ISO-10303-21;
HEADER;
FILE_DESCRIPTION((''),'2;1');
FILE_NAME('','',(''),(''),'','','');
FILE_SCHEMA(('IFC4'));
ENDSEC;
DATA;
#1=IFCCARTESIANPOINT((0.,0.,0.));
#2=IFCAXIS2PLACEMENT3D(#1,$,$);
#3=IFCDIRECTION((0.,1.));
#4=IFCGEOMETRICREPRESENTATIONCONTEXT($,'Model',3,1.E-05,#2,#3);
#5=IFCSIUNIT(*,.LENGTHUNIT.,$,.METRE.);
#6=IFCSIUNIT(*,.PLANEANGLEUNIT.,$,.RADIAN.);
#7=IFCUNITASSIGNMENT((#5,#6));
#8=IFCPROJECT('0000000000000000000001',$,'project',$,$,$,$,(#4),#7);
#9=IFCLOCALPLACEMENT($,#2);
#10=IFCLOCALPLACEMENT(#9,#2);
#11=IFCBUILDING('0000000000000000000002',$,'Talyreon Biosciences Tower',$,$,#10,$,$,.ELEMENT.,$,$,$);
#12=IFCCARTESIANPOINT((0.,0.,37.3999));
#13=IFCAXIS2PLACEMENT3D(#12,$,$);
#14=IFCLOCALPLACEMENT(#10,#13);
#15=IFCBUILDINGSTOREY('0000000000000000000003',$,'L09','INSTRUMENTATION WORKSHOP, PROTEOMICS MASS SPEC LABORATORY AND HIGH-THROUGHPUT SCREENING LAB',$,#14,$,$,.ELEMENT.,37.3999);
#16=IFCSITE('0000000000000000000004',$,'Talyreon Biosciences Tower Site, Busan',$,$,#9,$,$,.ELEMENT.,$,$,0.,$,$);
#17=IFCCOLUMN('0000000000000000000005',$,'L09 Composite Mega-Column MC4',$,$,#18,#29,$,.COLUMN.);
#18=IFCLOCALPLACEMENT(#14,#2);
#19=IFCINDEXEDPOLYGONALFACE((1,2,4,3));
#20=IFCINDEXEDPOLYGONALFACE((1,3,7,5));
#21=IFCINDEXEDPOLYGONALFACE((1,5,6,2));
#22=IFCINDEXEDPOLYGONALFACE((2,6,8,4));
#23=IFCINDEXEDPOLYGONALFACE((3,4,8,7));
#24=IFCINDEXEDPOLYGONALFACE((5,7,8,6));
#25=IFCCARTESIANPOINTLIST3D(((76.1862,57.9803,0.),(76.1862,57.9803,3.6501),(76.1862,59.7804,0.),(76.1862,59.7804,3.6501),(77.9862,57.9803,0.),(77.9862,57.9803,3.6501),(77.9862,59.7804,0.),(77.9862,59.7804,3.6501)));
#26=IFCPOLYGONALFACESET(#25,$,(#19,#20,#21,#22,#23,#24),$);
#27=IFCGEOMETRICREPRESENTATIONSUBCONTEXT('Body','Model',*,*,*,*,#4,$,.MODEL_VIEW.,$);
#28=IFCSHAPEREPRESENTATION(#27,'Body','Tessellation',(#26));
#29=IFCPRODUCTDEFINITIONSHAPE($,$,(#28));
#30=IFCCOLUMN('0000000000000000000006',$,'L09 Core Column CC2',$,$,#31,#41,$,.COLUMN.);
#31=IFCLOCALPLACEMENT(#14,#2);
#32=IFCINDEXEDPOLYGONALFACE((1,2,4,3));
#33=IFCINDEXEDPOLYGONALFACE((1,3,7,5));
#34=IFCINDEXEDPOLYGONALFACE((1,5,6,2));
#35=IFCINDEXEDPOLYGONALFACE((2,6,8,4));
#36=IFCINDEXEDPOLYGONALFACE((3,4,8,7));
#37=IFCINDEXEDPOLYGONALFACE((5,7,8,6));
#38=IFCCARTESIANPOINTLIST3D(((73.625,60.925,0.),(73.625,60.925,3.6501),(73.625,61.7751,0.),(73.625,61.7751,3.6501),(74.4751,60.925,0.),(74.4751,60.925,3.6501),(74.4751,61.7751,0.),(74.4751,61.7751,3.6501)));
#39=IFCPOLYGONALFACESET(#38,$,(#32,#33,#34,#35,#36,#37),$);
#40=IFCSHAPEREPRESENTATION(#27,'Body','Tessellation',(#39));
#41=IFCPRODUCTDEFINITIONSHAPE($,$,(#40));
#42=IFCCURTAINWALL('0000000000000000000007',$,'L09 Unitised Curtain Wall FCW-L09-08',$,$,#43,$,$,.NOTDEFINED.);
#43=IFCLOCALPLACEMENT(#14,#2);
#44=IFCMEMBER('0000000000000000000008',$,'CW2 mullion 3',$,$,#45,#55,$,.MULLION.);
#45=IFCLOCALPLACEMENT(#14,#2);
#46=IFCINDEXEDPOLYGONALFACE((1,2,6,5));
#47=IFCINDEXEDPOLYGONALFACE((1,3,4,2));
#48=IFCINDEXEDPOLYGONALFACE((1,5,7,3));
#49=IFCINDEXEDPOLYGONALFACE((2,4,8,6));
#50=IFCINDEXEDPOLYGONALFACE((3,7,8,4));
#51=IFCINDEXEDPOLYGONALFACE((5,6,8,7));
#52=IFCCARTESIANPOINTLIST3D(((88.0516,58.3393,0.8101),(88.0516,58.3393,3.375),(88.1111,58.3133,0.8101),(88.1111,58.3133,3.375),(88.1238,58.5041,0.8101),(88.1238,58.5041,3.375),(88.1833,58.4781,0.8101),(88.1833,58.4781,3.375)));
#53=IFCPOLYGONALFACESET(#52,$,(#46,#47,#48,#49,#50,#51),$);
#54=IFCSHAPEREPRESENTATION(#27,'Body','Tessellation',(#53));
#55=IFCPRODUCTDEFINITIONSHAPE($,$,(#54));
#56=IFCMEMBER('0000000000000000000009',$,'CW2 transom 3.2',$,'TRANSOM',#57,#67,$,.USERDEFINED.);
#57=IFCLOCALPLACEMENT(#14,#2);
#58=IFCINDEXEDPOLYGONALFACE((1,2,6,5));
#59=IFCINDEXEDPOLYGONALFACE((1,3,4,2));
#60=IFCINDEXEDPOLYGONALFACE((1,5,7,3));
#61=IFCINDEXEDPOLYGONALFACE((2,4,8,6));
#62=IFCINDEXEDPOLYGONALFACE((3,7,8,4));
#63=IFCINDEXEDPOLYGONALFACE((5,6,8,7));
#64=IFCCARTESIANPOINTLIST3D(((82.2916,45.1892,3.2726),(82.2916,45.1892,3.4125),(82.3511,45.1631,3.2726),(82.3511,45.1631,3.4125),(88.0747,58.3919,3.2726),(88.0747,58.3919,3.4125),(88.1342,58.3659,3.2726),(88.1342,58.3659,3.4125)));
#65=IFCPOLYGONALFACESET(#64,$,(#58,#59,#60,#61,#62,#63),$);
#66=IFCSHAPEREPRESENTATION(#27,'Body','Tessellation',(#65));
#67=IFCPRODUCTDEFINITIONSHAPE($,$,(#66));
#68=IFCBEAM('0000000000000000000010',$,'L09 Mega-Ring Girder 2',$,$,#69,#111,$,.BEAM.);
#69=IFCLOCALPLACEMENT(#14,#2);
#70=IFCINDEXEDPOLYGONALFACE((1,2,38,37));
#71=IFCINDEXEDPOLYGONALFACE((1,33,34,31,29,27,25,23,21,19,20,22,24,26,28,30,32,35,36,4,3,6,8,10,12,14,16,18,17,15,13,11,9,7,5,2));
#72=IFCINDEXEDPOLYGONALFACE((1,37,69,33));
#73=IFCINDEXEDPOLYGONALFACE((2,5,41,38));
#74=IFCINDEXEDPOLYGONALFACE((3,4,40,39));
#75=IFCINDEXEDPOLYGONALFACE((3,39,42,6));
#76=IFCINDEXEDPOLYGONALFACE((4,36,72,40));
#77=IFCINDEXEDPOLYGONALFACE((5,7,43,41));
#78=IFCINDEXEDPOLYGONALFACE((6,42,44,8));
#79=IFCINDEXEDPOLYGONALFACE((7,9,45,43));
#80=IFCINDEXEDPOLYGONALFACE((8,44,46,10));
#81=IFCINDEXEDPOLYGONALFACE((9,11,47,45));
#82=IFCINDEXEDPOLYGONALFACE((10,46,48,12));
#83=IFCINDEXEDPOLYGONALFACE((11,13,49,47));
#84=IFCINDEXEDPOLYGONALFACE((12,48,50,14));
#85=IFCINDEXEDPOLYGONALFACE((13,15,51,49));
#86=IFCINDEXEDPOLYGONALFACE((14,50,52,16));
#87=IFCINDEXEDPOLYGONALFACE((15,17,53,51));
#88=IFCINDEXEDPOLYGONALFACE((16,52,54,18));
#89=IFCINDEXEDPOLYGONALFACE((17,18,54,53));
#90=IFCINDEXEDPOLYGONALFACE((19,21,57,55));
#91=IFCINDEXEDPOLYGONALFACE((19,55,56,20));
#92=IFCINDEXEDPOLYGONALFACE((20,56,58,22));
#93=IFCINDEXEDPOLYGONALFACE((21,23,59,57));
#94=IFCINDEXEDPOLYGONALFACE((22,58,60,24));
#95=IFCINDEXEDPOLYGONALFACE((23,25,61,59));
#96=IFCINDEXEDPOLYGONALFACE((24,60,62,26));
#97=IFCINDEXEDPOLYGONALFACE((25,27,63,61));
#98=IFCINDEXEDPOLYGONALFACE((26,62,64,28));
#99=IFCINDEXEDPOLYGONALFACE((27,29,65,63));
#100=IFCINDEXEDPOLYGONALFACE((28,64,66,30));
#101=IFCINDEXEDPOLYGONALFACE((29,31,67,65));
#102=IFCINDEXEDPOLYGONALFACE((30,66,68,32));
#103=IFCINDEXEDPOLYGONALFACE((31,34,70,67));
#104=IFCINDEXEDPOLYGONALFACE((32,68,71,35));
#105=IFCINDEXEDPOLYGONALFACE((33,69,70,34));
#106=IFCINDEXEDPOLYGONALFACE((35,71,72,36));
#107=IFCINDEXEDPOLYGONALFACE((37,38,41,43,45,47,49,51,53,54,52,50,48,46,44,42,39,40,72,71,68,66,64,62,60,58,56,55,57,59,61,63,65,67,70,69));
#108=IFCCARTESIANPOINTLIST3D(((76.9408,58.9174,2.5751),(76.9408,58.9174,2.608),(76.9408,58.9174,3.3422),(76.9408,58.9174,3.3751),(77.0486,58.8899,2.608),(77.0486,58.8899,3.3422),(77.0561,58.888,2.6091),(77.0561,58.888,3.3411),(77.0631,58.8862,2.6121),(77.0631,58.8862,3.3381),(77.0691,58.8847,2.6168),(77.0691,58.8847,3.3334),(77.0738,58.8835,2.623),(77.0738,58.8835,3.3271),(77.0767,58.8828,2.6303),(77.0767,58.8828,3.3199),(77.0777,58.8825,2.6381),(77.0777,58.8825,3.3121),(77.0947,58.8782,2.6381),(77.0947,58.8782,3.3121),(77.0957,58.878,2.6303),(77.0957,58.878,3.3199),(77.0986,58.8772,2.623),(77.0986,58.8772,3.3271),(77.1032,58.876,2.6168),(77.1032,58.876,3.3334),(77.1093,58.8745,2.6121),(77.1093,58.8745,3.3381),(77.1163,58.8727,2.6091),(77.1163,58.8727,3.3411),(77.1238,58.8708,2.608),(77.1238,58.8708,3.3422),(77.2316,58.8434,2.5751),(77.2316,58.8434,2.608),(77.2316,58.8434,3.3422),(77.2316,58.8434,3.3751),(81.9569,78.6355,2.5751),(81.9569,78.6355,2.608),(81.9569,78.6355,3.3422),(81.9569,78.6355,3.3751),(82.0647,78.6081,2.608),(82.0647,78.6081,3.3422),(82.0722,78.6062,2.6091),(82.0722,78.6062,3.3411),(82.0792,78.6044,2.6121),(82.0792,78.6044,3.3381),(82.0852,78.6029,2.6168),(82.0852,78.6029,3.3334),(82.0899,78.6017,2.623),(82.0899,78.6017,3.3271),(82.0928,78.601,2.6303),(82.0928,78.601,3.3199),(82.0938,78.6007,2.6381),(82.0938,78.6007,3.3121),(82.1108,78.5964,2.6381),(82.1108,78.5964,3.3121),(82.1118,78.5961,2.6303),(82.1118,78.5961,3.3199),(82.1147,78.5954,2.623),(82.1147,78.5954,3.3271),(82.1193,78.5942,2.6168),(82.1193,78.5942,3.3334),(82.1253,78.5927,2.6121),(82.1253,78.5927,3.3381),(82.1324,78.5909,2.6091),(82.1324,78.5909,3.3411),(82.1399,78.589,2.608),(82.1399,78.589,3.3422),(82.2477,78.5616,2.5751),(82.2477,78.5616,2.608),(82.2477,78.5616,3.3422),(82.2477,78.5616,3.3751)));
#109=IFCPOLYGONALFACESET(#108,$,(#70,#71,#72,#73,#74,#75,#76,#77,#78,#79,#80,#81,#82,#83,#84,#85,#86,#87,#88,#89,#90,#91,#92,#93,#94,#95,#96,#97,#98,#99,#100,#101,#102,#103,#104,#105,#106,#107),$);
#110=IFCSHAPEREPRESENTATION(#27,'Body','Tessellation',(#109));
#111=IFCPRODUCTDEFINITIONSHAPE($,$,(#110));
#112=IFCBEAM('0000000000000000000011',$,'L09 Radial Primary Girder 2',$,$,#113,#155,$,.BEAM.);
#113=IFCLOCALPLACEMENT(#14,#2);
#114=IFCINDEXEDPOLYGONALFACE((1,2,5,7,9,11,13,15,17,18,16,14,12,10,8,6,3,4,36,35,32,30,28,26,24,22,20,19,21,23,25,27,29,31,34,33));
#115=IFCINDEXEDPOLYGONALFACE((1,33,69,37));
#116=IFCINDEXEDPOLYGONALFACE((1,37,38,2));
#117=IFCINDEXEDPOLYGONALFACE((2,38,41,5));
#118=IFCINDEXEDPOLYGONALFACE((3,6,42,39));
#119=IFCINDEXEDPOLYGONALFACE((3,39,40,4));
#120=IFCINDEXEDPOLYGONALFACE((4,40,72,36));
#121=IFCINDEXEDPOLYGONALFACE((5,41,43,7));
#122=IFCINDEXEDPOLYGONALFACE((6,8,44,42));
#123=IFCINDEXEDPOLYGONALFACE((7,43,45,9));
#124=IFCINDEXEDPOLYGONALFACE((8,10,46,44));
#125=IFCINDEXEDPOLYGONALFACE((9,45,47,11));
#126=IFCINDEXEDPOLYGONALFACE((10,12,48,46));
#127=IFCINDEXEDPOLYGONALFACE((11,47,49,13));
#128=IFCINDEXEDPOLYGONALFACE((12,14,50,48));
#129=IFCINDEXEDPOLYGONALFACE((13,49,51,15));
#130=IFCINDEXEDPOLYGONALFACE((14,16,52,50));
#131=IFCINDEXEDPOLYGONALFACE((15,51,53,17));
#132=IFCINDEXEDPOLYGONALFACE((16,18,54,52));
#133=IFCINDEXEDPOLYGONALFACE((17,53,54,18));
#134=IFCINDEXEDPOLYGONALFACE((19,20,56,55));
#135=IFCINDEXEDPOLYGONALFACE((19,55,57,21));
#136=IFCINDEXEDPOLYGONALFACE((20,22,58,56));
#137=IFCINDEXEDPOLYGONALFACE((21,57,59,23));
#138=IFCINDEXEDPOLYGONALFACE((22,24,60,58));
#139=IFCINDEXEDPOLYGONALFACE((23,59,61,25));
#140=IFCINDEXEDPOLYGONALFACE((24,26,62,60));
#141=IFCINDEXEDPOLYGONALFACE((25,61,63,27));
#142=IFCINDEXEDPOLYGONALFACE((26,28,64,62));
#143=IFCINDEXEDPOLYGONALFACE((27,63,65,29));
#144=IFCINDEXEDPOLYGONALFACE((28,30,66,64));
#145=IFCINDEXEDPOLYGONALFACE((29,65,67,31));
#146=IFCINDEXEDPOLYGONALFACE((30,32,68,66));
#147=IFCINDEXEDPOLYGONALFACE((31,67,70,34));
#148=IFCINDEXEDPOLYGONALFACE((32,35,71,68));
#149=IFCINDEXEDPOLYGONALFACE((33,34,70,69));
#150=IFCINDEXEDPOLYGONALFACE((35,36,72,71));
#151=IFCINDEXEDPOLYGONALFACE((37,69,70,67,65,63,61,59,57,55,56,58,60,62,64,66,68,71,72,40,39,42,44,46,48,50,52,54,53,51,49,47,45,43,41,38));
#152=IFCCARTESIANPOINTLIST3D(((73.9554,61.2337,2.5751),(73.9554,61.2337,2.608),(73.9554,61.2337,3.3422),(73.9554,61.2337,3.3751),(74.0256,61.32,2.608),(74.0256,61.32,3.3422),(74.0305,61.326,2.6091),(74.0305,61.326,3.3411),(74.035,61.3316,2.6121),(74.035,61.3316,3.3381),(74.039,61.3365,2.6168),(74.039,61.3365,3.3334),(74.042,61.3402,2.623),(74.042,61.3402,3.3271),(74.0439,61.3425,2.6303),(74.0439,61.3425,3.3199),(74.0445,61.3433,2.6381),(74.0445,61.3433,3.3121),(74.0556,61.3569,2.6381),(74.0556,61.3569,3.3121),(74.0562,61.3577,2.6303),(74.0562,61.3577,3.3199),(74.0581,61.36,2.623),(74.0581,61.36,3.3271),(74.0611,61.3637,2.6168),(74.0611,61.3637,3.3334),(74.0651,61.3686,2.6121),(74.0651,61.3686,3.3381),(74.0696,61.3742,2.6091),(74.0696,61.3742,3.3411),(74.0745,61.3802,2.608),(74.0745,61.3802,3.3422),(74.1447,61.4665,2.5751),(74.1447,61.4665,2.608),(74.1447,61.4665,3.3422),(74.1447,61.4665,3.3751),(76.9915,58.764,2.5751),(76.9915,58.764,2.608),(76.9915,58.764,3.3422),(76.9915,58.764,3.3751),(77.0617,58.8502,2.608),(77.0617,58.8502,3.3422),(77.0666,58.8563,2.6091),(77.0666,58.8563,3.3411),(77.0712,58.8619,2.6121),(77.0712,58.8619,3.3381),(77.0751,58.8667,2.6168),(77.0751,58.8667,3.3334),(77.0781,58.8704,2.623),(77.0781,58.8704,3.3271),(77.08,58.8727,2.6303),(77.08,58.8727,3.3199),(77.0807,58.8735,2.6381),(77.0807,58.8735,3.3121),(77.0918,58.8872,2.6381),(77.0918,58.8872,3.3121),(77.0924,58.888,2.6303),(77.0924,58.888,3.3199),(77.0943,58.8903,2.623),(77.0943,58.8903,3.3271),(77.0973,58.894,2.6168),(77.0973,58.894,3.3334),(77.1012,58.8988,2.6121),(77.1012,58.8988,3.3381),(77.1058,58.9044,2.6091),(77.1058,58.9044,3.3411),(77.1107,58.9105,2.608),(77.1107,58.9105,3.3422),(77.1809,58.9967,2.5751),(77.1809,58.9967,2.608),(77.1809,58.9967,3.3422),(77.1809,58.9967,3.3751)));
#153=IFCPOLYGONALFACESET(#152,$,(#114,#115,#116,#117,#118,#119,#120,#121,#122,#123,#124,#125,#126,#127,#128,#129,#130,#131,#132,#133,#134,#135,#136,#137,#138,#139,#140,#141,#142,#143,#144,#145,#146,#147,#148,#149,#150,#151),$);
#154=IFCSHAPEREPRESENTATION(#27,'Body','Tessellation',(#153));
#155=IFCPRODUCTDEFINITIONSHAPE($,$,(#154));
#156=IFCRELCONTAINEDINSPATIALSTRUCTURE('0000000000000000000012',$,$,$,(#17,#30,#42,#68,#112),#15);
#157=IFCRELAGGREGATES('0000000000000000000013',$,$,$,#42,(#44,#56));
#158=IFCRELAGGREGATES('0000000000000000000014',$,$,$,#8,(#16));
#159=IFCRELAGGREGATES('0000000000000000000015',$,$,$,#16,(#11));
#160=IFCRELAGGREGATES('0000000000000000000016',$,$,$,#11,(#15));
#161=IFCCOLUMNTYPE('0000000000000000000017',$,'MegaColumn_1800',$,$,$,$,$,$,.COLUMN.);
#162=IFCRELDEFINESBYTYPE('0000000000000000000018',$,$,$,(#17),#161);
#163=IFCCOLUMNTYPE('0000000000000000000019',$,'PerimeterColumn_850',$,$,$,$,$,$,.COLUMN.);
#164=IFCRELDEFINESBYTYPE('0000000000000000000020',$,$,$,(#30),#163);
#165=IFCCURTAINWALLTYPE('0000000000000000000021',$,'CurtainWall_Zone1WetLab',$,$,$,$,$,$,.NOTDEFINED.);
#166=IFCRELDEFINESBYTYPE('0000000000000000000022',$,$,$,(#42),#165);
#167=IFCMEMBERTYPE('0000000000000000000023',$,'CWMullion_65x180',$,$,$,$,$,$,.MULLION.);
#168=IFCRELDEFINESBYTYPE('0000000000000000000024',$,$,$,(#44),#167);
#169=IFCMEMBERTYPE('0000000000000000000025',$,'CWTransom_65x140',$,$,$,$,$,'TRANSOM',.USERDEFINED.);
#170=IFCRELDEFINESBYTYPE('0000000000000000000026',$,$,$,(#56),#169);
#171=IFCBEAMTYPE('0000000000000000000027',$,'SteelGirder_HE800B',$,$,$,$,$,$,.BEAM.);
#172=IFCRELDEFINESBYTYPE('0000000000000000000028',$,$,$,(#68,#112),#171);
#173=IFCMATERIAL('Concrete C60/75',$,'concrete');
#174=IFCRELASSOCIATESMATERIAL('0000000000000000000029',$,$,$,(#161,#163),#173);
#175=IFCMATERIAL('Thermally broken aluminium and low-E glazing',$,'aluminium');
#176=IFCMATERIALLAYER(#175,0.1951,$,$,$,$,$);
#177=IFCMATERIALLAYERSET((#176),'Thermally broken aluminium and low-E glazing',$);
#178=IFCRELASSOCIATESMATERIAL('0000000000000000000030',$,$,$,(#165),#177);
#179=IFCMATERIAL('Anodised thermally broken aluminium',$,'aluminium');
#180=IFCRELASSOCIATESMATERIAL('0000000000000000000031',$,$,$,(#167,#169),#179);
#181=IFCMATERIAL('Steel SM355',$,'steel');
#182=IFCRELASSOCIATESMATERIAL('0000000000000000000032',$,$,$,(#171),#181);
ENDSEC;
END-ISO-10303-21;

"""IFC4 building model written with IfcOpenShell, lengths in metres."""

from ifc_helpers import new_model, si_unit, direction, frame, origin, origin_2d, place, context, subcontext, project, spatial, rectangle, i_section, extrude, material, layer, layer_set, material_profile, profile_set, type_object, element, aggregate, save


model = new_model("IFC4")

# Units and contexts
model_context = context("Model", 3, precision=1e-05, world=origin(), true_north=direction((0.0, 1.0)))
body_context = subcontext(model_context, "Body", "Model", "MODEL_VIEW")
ifc_project = project(units=[si_unit("LENGTHUNIT", "METRE"), si_unit("PLANEANGLEUNIT", "RADIAN")], contexts=[model_context])

# Site, building, storey
site_placement = place(None, origin())
site = spatial("IfcSite", under=ifc_project, at=site_placement, Name="Talyreon Biosciences Tower Site, Busan", CompositionType="ELEMENT", RefElevation=0.0)
building_placement = place(site_placement, origin())
building = spatial("IfcBuilding", under=site, at=building_placement, Name="Talyreon Biosciences Tower", CompositionType="ELEMENT")
storey_placement = place(building_placement, frame((0.0, 0.0, 37.3999)))
storey = spatial("IfcBuildingStorey", under=building, at=storey_placement, Name="L09", Description="INSTRUMENTATION WORKSHOP, PROTEOMICS MASS SPEC LABORATORY AND HIGH-THROUGHPUT SCREENING LAB", CompositionType="ELEMENT", Elevation=37.3999)

# Columns
ifc_material_1 = material(Name="Concrete C60/75", Category="concrete")
ifc_material_profile_1 = material_profile(ifc_material_1, rectangle(XDim=1.8, YDim=1.8, at=origin_2d()), Name="RC 1800x1800")
ifc_profile_set_1 = profile_set([ifc_material_profile_1], Name="Concrete C60/75")
column_type_1 = type_object("IfcColumnType", Name="MegaColumn_1800", PredefinedType="COLUMN", material=ifc_profile_set_1)
column_1_placement = place(storey_placement, frame((77.0862, 58.8804, 0.0), z_axis=(0.0, 0.0, 1.0), x_axis=(1.0, 0.0, 0.0)))
element("IfcColumn", 1, at=column_1_placement, inside=storey, type_object=column_type_1, Name="L09 Composite Mega-Column MC4", PredefinedType="COLUMN", context=body_context, shape_type="SweptSolid", body=[
    extrude(rectangle(XDim=1.8, YDim=1.8, at=origin_2d()), origin(), (0.0, 0.0, 1.0), 3.6501),
])
ifc_material_profile_2 = material_profile(ifc_material_1, rectangle(XDim=0.8501, YDim=0.8501, at=origin_2d()), Name="RC 850x850")
ifc_profile_set_2 = profile_set([ifc_material_profile_2], Name="Concrete C60/75")
column_type_2 = type_object("IfcColumnType", Name="PerimeterColumn_850", PredefinedType="COLUMN", material=ifc_profile_set_2)
column_2_placement = place(storey_placement, frame((74.05, 61.3501, 0.0), z_axis=(0.0, 0.0, 1.0), x_axis=(1.0, 0.0, 0.0)))
element("IfcColumn", 2, at=column_2_placement, inside=storey, type_object=column_type_2, Name="L09 Core Column CC2", PredefinedType="COLUMN", context=body_context, shape_type="SweptSolid", body=[
    extrude(rectangle(XDim=0.8501, YDim=0.8501, at=origin_2d()), origin(), (0.0, 0.0, 1.0), 3.6501),
])

# Curtain wall, members
ifc_material_2 = material(Name="Thermally broken aluminium and low-E glazing", Category="aluminium")
ifc_layer_1 = layer(ifc_material_2, 0.1951)
ifc_layer_set_1 = layer_set([ifc_layer_1], Name="Thermally broken aluminium and low-E glazing")
curtain_wall_type = type_object("IfcCurtainWallType", Name="CurtainWall_Zone1WetLab", PredefinedType="NOTDEFINED", material=ifc_layer_set_1)
curtain_wall_placement = place(storey_placement, origin())
curtain_wall = element("IfcCurtainWall", 3, at=curtain_wall_placement, inside=storey, type_object=curtain_wall_type, Name="L09 Unitised Curtain Wall FCW-L09-08", PredefinedType="NOTDEFINED")
ifc_material_3 = material(Name="Anodised thermally broken aluminium", Category="aluminium")
ifc_material_profile_3 = material_profile(ifc_material_3, rectangle(XDim=0.0649, YDim=0.1799, at=origin_2d()), Name="ALUM MULLION 65x180")
ifc_profile_set_3 = profile_set([ifc_material_profile_3], Name="Anodised thermally broken aluminium")
member_type_1 = type_object("IfcMemberType", Name="CWMullion_65x180", PredefinedType="MULLION", material=ifc_profile_set_3)
member_1_placement = place(storey_placement, frame((88.1174, 58.4087, 0.8101), z_axis=(0.0, 0.0, 1.0), x_axis=(0.91598, -0.401223, 0.0)))
member_1 = element("IfcMember", 4, at=member_1_placement, type_object=member_type_1, Name="CW2 mullion 3", PredefinedType="MULLION", context=body_context, shape_type="SweptSolid", body=[
    extrude(rectangle(XDim=0.0649, YDim=0.1799, at=origin_2d()), origin(), (0.0, 0.0, 1.0), 2.5649),
])
ifc_material_profile_4 = material_profile(ifc_material_3, rectangle(XDim=0.0649, YDim=0.1399, at=origin_2d()), Name="ALUM TRANSOM 65x140")
ifc_profile_set_4 = profile_set([ifc_material_profile_4], Name="Anodised thermally broken aluminium")
member_type_2 = type_object("IfcMemberType", Name="CWTransom_65x140", ElementType="TRANSOM", PredefinedType="USERDEFINED", material=ifc_profile_set_4)
member_2_placement = place(storey_placement, frame((88.1045, 58.3789, 3.3425), z_axis=(-0.401223, -0.91598, 0.0), x_axis=(0.91598, -0.401223, 0.0)))
member_2 = element("IfcMember", 5, at=member_2_placement, type_object=member_type_2, Name="CW2 transom 3.2", ObjectType="TRANSOM", PredefinedType="USERDEFINED", context=body_context, shape_type="SweptSolid", body=[
    extrude(rectangle(XDim=0.0649, YDim=0.1399, at=origin_2d()), origin(), (0.0, 0.0, 1.0), 14.4138),
])

# Beams
ifc_material_4 = material(Name="Steel SM355", Category="steel")
ifc_material_profile_5 = material_profile(ifc_material_4, i_section(OverallWidth=0.3, OverallDepth=0.8, WebThickness=0.0176, FlangeThickness=0.033, FilletRadius=0.03, at=origin_2d()), Name="HE800B")
ifc_profile_set_5 = profile_set([ifc_material_profile_5], Name="Steel SM355")
beam_type_1 = type_object("IfcBeamType", Name="SteelGirder_HE800B", PredefinedType="BEAM", material=ifc_profile_set_5)
beam_1_placement = place(storey_placement, frame((77.0862, 58.8804, 2.9751), z_axis=(0.246537, 0.969133, 0.0), x_axis=(-0.969133, 0.246537, 0.0)))
element("IfcBeam", 6, at=beam_1_placement, inside=storey, type_object=beam_type_1, Name="L09 Mega-Ring Girder 2", PredefinedType="BEAM", context=body_context, shape_type="SweptSolid", body=[
    extrude(i_section(OverallWidth=0.3, OverallDepth=0.8, WebThickness=0.0176, FlangeThickness=0.033, FilletRadius=0.03, at=origin_2d()), origin(), (0.0, 0.0, 1.0), 20.3462),
])
beam_2_placement = place(storey_placement, frame((74.05, 61.3501, 2.9751), z_axis=(0.775755, -0.631034, 0.0), x_axis=(0.631034, 0.775755, 0.0)))
element("IfcBeam", 7, at=beam_2_placement, inside=storey, type_object=beam_type_1, Name="L09 Radial Primary Girder 2", PredefinedType="BEAM", context=body_context, shape_type="SweptSolid", body=[
    extrude(i_section(OverallWidth=0.3, OverallDepth=0.8, WebThickness=0.0176, FlangeThickness=0.033, FilletRadius=0.03, at=origin_2d()), origin(), (0.0, 0.0, 1.0), 3.9138),
])

aggregate(curtain_wall, [member_1, member_2])

save(model, "model.ifc")
